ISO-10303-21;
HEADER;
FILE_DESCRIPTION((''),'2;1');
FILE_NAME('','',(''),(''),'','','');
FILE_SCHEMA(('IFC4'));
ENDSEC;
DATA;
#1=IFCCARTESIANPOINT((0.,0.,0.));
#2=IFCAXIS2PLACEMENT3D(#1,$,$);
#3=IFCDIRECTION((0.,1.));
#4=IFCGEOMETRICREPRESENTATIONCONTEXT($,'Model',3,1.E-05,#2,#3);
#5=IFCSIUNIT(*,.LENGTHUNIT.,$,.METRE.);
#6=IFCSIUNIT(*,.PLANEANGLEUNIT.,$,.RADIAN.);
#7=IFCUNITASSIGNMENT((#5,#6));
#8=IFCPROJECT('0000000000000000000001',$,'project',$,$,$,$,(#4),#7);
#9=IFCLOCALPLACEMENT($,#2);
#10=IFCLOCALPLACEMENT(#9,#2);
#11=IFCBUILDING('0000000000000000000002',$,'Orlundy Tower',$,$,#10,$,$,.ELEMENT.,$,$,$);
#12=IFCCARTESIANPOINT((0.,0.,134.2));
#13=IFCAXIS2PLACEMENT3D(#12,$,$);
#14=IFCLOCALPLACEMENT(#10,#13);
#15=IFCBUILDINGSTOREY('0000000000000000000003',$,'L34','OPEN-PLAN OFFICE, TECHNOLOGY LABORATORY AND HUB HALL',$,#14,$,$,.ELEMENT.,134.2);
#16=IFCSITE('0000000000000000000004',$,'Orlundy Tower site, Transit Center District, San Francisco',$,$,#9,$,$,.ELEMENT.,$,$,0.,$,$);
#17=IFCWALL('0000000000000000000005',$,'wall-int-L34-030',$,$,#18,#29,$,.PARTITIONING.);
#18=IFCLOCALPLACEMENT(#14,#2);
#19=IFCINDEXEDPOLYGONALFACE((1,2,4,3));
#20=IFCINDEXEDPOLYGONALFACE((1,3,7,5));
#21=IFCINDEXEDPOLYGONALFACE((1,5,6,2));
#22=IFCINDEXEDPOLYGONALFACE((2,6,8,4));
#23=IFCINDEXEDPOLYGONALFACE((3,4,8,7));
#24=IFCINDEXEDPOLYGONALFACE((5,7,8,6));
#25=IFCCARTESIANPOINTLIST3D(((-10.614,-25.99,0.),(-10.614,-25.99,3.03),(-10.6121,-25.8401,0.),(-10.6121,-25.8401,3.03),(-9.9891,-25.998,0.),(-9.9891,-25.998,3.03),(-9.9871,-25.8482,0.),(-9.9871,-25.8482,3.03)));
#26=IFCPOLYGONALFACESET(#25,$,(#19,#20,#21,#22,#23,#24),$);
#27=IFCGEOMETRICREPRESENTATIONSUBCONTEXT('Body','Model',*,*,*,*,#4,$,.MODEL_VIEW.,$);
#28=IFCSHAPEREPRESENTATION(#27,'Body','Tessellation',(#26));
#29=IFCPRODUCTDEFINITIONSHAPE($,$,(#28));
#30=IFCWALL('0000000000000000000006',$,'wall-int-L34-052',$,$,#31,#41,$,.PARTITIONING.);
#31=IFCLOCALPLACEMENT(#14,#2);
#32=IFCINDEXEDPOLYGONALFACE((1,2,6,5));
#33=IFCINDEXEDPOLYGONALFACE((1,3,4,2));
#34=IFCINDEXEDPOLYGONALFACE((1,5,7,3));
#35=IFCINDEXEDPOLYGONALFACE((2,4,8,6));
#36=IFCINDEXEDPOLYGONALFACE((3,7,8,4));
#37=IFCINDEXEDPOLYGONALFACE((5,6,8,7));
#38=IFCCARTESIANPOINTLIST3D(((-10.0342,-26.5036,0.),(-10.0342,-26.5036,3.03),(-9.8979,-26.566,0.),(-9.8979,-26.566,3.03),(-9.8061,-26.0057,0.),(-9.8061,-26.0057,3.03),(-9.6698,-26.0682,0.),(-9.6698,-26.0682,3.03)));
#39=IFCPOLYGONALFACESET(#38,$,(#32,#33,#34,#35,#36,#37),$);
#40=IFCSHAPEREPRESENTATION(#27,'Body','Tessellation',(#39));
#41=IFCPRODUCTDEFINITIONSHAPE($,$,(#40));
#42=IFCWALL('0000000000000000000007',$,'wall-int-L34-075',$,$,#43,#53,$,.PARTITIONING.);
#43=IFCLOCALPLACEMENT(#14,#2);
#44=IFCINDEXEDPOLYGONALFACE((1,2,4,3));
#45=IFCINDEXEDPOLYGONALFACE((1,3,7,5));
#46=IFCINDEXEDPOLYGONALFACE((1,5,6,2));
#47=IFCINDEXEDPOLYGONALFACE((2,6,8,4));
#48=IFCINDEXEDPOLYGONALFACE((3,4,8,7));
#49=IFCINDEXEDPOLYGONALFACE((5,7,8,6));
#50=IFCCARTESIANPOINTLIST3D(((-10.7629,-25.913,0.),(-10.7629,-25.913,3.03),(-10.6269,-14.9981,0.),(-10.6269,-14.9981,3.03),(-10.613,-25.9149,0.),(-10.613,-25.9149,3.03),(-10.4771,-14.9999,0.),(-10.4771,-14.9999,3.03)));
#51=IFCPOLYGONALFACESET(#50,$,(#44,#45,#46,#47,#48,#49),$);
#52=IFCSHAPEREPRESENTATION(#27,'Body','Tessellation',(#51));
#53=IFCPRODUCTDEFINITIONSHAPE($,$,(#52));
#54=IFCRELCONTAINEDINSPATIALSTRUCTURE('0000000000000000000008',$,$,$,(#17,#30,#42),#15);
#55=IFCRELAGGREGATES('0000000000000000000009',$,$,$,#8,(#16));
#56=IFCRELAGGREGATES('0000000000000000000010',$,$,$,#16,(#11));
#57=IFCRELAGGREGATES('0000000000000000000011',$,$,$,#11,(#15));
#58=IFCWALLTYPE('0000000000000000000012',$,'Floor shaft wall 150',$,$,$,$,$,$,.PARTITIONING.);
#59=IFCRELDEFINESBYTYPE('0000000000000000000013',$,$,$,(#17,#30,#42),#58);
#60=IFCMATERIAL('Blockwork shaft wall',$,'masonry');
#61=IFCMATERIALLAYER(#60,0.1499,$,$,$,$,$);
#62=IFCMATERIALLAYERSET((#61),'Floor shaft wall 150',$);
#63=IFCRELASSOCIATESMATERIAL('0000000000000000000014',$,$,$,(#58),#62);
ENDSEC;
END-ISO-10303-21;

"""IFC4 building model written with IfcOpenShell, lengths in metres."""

from ifc_helpers import new_model, si_unit, direction, frame, frame_2d, origin, place, context, subcontext, project, spatial, rectangle, extrude, material, layer, layer_set, type_object, element, save


model = new_model("IFC4")

# Units and contexts
model_context = context("Model", 3, precision=1e-05, world=origin(), true_north=direction((0.0, 1.0)))
body_context = subcontext(model_context, "Body", "Model", "MODEL_VIEW")
ifc_project = project(units=[si_unit("LENGTHUNIT", "METRE"), si_unit("PLANEANGLEUNIT", "RADIAN")], contexts=[model_context])

# Site, building, storey
site_placement = place(None, origin())
site = spatial("IfcSite", under=ifc_project, at=site_placement, Name="Orlundy Tower site, Transit Center District, San Francisco", CompositionType="ELEMENT", RefElevation=0.0)
building_placement = place(site_placement, origin())
building = spatial("IfcBuilding", under=site, at=building_placement, Name="Orlundy Tower", CompositionType="ELEMENT")
storey_placement = place(building_placement, frame((0.0, 0.0, 134.2)))
storey = spatial("IfcBuildingStorey", under=building, at=storey_placement, Name="L34", Description="OPEN-PLAN OFFICE, TECHNOLOGY LABORATORY AND HUB HALL", CompositionType="ELEMENT", Elevation=134.2)

# Walls
ifc_material_1 = material(Name="Blockwork shaft wall", Category="masonry")
ifc_layer_1 = layer(ifc_material_1, 0.1499)
ifc_layer_set_1 = layer_set([ifc_layer_1], Name="Floor shaft wall 150")
wall_type_1 = type_object("IfcWallType", Name="Floor shaft wall 150", PredefinedType="PARTITIONING", material=ifc_layer_set_1)
wall_1_placement = place(storey_placement, frame((-10.613, -25.915, 0.0), z_axis=(0.0, 0.0, 1.0), x_axis=(0.999917, -0.01289, 0.0)))
element("IfcWall", 1, at=wall_1_placement, inside=storey, type_object=wall_type_1, Name="wall-int-L34-030", PredefinedType="PARTITIONING", context=body_context, shape_type="SweptSolid", body=[
    extrude(rectangle(XDim=0.625, YDim=0.1499, at=frame_2d((0.3125, 0.0))), origin(), (0.0, 0.0, 1.0), 3.03),
])
wall_2_placement = place(storey_placement, frame((-9.9661, -26.5349, 0.0), z_axis=(0.0, 0.0, 1.0), x_axis=(0.416455, 0.909156, 0.0)))
element("IfcWall", 2, at=wall_2_placement, inside=storey, type_object=wall_type_1, Name="wall-int-L34-052", PredefinedType="PARTITIONING", context=body_context, shape_type="SweptSolid", body=[
    extrude(rectangle(XDim=0.5476, YDim=0.1499, at=frame_2d((0.2739, 0.0))), origin(), (0.0, 0.0, 1.0), 3.03),
])
wall_3_placement = place(storey_placement, frame((-10.688, -25.9141, 0.0), z_axis=(0.0, 0.0, 1.0), x_axis=(0.012458, 0.999922, 0.0)))
element("IfcWall", 3, at=wall_3_placement, inside=storey, type_object=wall_type_1, Name="wall-int-L34-075", PredefinedType="PARTITIONING", context=body_context, shape_type="SweptSolid", body=[
    extrude(rectangle(XDim=10.9158, YDim=0.1499, at=frame_2d((5.458, 0.0))), origin(), (0.0, 0.0, 1.0), 3.03),
])

save(model, "model.ifc")
